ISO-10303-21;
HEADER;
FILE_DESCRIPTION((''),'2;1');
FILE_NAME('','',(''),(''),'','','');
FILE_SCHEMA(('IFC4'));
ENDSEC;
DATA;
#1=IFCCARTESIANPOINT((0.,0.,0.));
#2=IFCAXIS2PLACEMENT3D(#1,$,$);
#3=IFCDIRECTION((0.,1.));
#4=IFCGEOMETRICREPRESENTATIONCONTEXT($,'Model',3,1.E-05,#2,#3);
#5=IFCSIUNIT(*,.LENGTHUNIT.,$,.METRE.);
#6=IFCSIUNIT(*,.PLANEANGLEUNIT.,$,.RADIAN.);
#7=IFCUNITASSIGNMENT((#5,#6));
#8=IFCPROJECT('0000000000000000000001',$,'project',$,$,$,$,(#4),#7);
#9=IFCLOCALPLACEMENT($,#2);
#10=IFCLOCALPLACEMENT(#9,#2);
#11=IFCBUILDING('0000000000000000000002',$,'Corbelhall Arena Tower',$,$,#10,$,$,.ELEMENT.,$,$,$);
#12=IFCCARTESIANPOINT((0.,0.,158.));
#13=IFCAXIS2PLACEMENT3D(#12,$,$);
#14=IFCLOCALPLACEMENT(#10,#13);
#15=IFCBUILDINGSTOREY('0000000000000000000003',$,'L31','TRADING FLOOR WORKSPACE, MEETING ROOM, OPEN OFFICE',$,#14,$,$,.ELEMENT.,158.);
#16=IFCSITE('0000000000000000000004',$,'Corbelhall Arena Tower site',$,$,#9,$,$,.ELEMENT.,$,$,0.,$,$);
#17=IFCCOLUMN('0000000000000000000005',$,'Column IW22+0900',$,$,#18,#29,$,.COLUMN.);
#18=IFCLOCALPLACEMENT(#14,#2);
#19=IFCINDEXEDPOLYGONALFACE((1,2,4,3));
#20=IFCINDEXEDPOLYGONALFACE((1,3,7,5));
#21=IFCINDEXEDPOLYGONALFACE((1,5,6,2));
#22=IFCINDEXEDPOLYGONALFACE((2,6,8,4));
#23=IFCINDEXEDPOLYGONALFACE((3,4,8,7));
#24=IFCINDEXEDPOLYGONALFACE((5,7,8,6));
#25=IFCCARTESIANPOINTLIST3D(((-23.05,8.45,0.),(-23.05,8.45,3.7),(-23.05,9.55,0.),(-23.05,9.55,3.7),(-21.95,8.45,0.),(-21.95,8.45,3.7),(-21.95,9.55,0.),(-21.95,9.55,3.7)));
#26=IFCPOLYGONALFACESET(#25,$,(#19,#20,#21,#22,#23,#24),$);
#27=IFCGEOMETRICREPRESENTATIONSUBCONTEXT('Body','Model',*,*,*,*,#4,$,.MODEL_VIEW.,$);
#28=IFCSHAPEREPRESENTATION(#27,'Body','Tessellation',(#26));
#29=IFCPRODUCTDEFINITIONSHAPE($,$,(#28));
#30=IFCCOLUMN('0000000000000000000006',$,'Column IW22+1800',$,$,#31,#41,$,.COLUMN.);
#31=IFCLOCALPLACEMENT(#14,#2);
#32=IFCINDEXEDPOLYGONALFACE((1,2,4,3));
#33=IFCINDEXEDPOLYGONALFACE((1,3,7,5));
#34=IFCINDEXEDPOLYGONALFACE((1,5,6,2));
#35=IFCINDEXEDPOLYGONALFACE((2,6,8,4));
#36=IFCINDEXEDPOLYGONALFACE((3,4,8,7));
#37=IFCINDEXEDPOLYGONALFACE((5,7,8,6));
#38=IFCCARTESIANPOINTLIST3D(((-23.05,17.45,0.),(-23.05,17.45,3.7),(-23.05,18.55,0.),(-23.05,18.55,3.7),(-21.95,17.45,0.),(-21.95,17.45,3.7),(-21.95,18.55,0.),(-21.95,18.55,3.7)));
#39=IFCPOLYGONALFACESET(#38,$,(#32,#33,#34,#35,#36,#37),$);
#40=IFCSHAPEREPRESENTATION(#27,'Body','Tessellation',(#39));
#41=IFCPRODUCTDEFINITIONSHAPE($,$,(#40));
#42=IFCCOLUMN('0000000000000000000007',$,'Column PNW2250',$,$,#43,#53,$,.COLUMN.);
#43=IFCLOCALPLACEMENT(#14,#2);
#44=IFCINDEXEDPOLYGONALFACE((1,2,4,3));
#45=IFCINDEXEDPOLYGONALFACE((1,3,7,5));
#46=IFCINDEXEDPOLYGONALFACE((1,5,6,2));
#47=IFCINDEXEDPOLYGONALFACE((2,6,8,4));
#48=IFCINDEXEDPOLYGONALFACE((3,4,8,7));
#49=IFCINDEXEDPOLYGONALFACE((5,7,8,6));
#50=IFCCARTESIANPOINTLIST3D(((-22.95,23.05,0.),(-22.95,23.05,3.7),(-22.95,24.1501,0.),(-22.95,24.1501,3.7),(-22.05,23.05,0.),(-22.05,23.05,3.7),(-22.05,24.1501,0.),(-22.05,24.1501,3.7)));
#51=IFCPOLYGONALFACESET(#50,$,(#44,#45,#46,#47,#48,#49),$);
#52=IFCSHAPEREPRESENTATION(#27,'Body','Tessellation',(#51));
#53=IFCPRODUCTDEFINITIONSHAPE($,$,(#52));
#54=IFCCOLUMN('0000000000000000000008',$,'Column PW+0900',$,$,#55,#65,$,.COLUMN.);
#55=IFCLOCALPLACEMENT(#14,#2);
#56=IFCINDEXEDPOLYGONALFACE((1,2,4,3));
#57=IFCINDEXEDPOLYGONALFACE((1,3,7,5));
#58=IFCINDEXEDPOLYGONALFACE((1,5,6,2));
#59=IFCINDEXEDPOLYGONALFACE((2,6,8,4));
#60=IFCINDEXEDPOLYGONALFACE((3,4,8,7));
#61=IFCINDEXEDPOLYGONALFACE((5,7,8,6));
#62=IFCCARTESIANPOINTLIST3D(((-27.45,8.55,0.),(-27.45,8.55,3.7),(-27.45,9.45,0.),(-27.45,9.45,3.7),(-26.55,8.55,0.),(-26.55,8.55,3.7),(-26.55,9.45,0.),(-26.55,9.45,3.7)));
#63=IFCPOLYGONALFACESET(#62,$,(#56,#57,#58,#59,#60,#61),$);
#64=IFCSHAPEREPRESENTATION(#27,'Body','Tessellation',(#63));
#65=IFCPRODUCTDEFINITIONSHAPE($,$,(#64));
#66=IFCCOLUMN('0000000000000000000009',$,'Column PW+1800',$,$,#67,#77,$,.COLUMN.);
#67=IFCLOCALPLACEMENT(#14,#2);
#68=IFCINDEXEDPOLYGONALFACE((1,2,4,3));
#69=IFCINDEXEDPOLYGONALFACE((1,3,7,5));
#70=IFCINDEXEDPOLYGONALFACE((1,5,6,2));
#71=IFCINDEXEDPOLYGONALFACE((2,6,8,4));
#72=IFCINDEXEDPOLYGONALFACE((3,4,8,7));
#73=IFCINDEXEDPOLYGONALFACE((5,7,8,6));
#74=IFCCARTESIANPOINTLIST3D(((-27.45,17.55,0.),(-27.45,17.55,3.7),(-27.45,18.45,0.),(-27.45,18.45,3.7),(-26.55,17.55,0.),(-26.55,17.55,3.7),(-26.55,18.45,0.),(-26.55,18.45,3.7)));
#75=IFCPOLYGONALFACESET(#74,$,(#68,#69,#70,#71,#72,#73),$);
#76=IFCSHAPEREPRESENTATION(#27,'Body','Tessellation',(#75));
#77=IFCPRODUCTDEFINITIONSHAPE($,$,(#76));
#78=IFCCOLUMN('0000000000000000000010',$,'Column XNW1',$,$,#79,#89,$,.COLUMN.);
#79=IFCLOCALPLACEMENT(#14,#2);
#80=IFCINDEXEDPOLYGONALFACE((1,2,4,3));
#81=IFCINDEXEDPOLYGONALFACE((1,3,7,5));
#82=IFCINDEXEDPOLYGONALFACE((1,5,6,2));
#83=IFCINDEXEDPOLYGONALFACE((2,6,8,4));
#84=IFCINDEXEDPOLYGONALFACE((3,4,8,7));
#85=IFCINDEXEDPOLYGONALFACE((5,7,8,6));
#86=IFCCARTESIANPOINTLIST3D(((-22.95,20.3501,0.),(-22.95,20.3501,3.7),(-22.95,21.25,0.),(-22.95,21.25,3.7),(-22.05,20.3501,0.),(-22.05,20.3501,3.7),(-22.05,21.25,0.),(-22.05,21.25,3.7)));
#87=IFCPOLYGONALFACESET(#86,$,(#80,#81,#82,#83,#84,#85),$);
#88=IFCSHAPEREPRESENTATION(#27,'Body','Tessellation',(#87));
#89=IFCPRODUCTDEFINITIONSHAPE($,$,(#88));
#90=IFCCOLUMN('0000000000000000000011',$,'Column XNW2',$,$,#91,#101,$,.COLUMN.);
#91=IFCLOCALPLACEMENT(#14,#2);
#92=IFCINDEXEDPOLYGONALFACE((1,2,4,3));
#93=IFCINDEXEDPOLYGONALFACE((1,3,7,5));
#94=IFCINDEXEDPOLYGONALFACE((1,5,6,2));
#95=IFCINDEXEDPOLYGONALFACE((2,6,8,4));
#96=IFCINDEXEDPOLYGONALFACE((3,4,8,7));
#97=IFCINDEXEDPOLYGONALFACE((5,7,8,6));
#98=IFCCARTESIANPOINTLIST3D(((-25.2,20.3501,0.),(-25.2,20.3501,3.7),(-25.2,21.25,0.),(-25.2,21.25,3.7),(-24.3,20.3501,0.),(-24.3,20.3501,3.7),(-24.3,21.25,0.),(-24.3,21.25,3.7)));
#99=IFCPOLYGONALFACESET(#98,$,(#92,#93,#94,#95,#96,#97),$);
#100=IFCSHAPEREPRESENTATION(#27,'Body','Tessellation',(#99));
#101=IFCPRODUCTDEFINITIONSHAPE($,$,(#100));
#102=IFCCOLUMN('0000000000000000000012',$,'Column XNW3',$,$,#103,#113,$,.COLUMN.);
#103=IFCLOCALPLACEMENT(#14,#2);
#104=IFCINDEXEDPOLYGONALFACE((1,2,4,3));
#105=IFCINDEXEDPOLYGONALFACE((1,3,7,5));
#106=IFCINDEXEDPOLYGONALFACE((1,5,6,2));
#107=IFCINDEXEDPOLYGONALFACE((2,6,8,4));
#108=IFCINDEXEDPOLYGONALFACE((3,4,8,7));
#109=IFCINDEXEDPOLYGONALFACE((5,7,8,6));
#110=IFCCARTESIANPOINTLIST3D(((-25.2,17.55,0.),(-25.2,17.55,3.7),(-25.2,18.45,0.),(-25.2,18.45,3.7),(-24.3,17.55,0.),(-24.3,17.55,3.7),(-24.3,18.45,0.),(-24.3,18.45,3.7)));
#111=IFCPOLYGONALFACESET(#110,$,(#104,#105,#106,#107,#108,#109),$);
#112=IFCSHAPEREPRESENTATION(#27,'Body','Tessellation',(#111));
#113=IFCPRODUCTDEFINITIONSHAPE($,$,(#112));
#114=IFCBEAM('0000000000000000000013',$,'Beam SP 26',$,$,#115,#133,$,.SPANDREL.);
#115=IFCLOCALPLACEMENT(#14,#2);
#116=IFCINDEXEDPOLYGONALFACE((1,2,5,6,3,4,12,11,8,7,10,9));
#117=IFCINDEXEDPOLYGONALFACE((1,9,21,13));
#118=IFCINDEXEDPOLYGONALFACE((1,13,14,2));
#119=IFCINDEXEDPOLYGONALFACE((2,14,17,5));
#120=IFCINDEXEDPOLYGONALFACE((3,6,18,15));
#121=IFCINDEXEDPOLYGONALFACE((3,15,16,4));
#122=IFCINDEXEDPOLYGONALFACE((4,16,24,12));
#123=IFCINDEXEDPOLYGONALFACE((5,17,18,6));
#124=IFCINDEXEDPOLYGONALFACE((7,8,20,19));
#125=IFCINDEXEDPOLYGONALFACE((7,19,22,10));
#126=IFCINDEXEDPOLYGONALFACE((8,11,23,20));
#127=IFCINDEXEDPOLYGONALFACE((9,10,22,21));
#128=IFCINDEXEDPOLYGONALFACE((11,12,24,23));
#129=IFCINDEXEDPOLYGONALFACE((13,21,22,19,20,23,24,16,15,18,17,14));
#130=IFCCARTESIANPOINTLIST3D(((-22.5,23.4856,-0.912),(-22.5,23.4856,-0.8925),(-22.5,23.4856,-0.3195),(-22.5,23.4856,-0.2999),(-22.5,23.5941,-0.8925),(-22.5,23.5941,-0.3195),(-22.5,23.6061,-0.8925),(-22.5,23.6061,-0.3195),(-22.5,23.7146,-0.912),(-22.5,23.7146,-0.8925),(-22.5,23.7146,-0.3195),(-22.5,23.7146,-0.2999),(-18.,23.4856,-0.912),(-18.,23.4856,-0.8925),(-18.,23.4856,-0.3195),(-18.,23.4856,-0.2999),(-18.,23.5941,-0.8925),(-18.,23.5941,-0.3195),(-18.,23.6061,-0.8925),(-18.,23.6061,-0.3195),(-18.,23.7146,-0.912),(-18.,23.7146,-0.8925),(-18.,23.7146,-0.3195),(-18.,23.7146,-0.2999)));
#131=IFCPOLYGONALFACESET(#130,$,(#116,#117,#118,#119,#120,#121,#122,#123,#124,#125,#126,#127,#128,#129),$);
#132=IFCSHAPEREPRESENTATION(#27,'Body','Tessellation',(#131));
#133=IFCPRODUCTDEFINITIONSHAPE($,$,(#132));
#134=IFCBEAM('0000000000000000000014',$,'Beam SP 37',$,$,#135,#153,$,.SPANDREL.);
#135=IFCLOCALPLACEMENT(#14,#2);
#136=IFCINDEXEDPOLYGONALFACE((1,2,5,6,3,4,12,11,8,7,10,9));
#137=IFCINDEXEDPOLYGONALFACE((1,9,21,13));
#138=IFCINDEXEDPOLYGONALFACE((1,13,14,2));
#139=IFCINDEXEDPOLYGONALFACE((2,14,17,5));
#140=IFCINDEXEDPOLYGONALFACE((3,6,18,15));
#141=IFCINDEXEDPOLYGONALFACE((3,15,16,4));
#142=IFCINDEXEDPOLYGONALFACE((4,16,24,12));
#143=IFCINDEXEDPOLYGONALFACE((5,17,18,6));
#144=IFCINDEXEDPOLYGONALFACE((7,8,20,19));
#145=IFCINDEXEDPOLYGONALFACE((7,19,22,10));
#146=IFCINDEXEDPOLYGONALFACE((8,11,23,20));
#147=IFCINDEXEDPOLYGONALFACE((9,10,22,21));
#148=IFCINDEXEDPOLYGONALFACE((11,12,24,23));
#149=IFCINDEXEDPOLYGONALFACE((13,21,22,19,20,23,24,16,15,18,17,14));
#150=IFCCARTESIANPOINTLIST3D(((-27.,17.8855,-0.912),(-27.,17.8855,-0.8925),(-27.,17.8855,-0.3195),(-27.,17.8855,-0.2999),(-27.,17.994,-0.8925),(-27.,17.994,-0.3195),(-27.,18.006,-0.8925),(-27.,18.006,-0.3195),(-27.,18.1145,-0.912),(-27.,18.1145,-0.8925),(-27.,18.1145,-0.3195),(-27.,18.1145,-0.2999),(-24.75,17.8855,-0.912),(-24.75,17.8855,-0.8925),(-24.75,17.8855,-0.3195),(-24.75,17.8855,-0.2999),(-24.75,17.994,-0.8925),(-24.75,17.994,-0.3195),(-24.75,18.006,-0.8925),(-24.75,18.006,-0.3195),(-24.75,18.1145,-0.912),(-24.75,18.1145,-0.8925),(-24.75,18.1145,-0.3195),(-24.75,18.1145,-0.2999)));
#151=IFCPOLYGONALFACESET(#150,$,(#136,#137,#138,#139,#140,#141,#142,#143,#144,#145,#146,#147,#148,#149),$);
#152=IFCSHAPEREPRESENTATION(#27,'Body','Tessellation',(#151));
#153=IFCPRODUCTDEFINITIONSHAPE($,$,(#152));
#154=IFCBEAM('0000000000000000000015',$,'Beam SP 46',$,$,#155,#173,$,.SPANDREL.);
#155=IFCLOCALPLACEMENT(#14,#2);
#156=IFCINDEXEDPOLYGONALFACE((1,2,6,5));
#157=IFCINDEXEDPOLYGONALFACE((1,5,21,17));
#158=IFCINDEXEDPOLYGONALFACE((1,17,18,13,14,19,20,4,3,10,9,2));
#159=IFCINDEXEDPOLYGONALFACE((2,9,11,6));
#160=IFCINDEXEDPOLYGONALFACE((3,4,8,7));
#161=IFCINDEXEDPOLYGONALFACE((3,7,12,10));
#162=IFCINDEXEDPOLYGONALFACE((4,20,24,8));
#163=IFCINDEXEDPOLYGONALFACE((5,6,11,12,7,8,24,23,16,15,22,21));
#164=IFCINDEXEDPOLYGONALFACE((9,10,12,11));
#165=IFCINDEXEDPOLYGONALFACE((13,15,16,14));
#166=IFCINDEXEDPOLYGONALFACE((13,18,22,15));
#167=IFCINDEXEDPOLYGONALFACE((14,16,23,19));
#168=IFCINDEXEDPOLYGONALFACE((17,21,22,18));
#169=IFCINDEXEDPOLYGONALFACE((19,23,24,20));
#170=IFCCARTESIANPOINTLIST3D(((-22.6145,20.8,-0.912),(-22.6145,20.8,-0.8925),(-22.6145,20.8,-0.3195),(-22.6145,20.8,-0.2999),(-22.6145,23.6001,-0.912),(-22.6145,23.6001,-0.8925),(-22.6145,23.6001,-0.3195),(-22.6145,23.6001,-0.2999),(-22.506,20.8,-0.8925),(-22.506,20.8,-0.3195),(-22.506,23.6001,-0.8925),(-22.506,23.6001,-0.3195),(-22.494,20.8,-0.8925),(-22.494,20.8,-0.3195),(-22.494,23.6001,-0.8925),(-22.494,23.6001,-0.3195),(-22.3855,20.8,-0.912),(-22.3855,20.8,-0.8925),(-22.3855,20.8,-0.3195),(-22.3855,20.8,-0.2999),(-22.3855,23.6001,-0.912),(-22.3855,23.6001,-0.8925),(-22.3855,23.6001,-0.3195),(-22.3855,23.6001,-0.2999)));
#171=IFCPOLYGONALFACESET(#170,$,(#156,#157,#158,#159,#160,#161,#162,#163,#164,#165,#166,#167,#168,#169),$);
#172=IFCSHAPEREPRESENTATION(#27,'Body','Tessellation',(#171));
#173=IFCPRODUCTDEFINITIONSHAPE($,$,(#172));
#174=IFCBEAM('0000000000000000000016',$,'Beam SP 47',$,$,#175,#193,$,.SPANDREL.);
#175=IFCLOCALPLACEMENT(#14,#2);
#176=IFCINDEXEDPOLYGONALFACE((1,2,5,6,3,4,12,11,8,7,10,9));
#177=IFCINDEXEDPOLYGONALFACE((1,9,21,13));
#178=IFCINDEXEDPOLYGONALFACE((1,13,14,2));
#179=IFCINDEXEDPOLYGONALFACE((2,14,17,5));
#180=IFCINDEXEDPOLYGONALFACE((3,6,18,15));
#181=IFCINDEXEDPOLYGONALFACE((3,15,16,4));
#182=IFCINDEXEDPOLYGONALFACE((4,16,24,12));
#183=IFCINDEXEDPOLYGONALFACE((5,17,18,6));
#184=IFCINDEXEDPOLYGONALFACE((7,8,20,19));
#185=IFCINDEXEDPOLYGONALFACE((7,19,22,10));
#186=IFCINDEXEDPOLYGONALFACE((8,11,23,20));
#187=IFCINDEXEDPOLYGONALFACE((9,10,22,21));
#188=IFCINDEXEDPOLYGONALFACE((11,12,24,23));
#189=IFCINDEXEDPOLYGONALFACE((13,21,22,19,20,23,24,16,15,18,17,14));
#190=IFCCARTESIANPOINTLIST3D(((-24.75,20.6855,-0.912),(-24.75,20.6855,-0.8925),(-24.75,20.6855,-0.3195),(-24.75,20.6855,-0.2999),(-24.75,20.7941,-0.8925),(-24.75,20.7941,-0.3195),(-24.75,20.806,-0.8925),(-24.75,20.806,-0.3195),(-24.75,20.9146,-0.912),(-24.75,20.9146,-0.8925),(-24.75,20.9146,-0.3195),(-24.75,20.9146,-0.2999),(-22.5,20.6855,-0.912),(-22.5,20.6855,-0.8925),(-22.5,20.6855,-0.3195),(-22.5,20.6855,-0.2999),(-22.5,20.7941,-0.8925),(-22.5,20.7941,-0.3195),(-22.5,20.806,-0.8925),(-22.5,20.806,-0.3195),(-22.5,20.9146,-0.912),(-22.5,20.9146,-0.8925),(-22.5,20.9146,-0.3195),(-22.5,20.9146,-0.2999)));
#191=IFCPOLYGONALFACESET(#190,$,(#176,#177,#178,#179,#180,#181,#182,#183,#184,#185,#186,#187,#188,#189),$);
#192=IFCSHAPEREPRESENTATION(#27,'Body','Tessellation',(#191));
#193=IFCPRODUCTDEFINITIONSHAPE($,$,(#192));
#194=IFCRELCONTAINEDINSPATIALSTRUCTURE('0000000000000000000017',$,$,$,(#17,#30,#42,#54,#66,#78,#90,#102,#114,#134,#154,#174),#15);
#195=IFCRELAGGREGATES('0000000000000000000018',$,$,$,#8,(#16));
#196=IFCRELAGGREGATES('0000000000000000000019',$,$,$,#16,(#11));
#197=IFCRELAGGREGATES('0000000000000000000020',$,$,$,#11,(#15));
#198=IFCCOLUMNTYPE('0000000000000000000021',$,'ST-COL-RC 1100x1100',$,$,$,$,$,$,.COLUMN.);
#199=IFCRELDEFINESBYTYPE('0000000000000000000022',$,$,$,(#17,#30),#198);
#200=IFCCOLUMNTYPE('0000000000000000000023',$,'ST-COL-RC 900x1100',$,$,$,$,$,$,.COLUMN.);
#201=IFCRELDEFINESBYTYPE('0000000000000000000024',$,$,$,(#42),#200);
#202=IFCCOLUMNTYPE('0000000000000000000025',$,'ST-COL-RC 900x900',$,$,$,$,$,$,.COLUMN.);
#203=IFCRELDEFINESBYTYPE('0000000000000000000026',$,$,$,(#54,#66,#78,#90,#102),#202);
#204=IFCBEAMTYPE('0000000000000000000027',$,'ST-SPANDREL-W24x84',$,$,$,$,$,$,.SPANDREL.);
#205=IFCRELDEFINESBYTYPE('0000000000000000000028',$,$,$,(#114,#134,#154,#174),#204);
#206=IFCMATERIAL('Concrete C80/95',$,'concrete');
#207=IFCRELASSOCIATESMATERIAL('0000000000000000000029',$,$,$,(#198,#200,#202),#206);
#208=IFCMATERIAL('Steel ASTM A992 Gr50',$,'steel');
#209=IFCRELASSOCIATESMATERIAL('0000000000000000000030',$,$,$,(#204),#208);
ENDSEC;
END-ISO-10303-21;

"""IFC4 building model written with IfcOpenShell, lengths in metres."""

from ifc_helpers import new_model, si_unit, direction, frame, origin, origin_2d, place, context, subcontext, project, spatial, rectangle, i_section, extrude, material, material_profile, profile_set, type_object, element, save


model = new_model("IFC4")

# Units and contexts
model_context = context("Model", 3, precision=1e-05, world=origin(), true_north=direction((0.0, 1.0)))
body_context = subcontext(model_context, "Body", "Model", "MODEL_VIEW")
ifc_project = project(units=[si_unit("LENGTHUNIT", "METRE"), si_unit("PLANEANGLEUNIT", "RADIAN")], contexts=[model_context])

# Site, building, storey
site_placement = place(None, origin())
site = spatial("IfcSite", under=ifc_project, at=site_placement, Name="Corbelhall Arena Tower site", CompositionType="ELEMENT", RefElevation=0.0)
building_placement = place(site_placement, origin())
building = spatial("IfcBuilding", under=site, at=building_placement, Name="Corbelhall Arena Tower", CompositionType="ELEMENT")
storey_placement = place(building_placement, frame((0.0, 0.0, 158.0)))
storey = spatial("IfcBuildingStorey", under=building, at=storey_placement, Name="L31", Description="TRADING FLOOR WORKSPACE, MEETING ROOM, OPEN OFFICE", CompositionType="ELEMENT", Elevation=158.0)

# Columns
ifc_material_1 = material(Name="Concrete C80/95", Category="concrete")
ifc_material_profile_1 = material_profile(ifc_material_1, rectangle(XDim=1.1001, YDim=1.1001, at=origin_2d()))
ifc_profile_set_1 = profile_set([ifc_material_profile_1], Name="Concrete C80/95")
column_type_1 = type_object("IfcColumnType", Name="ST-COL-RC 1100x1100", PredefinedType="COLUMN", material=ifc_profile_set_1)
for number, where, z_axis, x_axis, name in (
    (1, (-22.5, 9.0, 0.0), (0.0, 0.0, 1.0), (1.0, 0.0, 0.0), "Column IW22+0900"),
    (2, (-22.5, 18.0, 0.0), (0.0, 0.0, 1.0), (1.0, 0.0, 0.0), "Column IW22+1800"),
):
    element("IfcColumn", number, at=place(storey_placement, frame(where, z_axis=z_axis, x_axis=x_axis)), inside=storey, type_object=column_type_1, Name=name, PredefinedType="COLUMN", context=body_context, shape_type="SweptSolid", body=[
        extrude(rectangle(XDim=1.1001, YDim=1.1001, at=origin_2d()), origin(), (0.0, 0.0, 1.0), 3.7),
    ])
ifc_material_profile_2 = material_profile(ifc_material_1, rectangle(XDim=0.8999, YDim=1.1001, at=origin_2d()))
ifc_profile_set_2 = profile_set([ifc_material_profile_2], Name="Concrete C80/95")
column_type_2 = type_object("IfcColumnType", Name="ST-COL-RC 900x1100", PredefinedType="COLUMN", material=ifc_profile_set_2)
column_placement = place(storey_placement, frame((-22.5, 23.6001, 0.0), z_axis=(0.0, 0.0, 1.0), x_axis=(1.0, 0.0, 0.0)))
element("IfcColumn", 3, at=column_placement, inside=storey, type_object=column_type_2, Name="Column PNW2250", PredefinedType="COLUMN", context=body_context, shape_type="SweptSolid", body=[
    extrude(rectangle(XDim=0.8999, YDim=1.1001, at=origin_2d()), origin(), (0.0, 0.0, 1.0), 3.7),
])
ifc_material_profile_3 = material_profile(ifc_material_1, rectangle(XDim=0.8999, YDim=0.8999, at=origin_2d()))
ifc_profile_set_3 = profile_set([ifc_material_profile_3], Name="Concrete C80/95")
column_type_3 = type_object("IfcColumnType", Name="ST-COL-RC 900x900", PredefinedType="COLUMN", material=ifc_profile_set_3)
for number, where, z_axis, x_axis, name in (
    (4, (-27.0, 9.0, 0.0), (0.0, 0.0, 1.0), (1.0, 0.0, 0.0), "Column PW+0900"),
    (5, (-27.0, 18.0, 0.0), (0.0, 0.0, 1.0), (1.0, 0.0, 0.0), "Column PW+1800"),
    (6, (-22.5, 20.8, 0.0), (0.0, 0.0, 1.0), (1.0, 0.0, 0.0), "Column XNW1"),
    (7, (-24.75, 20.8, 0.0), (0.0, 0.0, 1.0), (1.0, 0.0, 0.0), "Column XNW2"),
    (8, (-24.75, 18.0, 0.0), (0.0, 0.0, 1.0), (1.0, 0.0, 0.0), "Column XNW3"),
):
    element("IfcColumn", number, at=place(storey_placement, frame(where, z_axis=z_axis, x_axis=x_axis)), inside=storey, type_object=column_type_3, Name=name, PredefinedType="COLUMN", context=body_context, shape_type="SweptSolid", body=[
        extrude(rectangle(XDim=0.8999, YDim=0.8999, at=origin_2d()), origin(), (0.0, 0.0, 1.0), 3.7),
    ])

# Beams
ifc_material_2 = material(Name="Steel ASTM A992 Gr50", Category="steel")
ifc_material_profile_4 = material_profile(ifc_material_2, i_section(OverallWidth=0.229, OverallDepth=0.6121, WebThickness=0.012, FlangeThickness=0.0195, at=origin_2d()))
ifc_profile_set_4 = profile_set([ifc_material_profile_4], Name="Steel ASTM A992 Gr50")
beam_type = type_object("IfcBeamType", Name="ST-SPANDREL-W24x84", PredefinedType="SPANDREL", material=ifc_profile_set_4)
beam_1_placement = place(storey_placement, frame((-22.5, 23.6001, -0.606), z_axis=(1.0, 0.0, 0.0), x_axis=(0.0, 1.0, 0.0)))
element("IfcBeam", 9, at=beam_1_placement, inside=storey, type_object=beam_type, Name="Beam SP 26", PredefinedType="SPANDREL", context=body_context, shape_type="SweptSolid", body=[
    extrude(i_section(OverallWidth=0.229, OverallDepth=0.6121, WebThickness=0.012, FlangeThickness=0.0195, at=origin_2d()), origin(), (0.0, 0.0, 1.0), 4.5),
])
beam_2_placement = place(storey_placement, frame((-27.0, 18.0, -0.606), z_axis=(1.0, 0.0, 0.0), x_axis=(0.0, 1.0, 0.0)))
element("IfcBeam", 10, at=beam_2_placement, inside=storey, type_object=beam_type, Name="Beam SP 37", PredefinedType="SPANDREL", context=body_context, shape_type="SweptSolid", body=[
    extrude(i_section(OverallWidth=0.229, OverallDepth=0.6121, WebThickness=0.012, FlangeThickness=0.0195, at=origin_2d()), origin(), (0.0, 0.0, 1.0), 2.25),
])
beam_3_placement = place(storey_placement, frame((-22.5, 20.8, -0.606), z_axis=(0.0, 1.0, 0.0), x_axis=(-1.0, 0.0, 0.0)))
element("IfcBeam", 11, at=beam_3_placement, inside=storey, type_object=beam_type, Name="Beam SP 46", PredefinedType="SPANDREL", context=body_context, shape_type="SweptSolid", body=[
    extrude(i_section(OverallWidth=0.229, OverallDepth=0.6121, WebThickness=0.012, FlangeThickness=0.0195, at=origin_2d()), origin(), (0.0, 0.0, 1.0), 2.8),
])
beam_4_placement = place(storey_placement, frame((-24.75, 20.8, -0.606), z_axis=(1.0, 0.0, 0.0), x_axis=(0.0, 1.0, 0.0)))
element("IfcBeam", 12, at=beam_4_placement, inside=storey, type_object=beam_type, Name="Beam SP 47", PredefinedType="SPANDREL", context=body_context, shape_type="SweptSolid", body=[
    extrude(i_section(OverallWidth=0.229, OverallDepth=0.6121, WebThickness=0.012, FlangeThickness=0.0195, at=origin_2d()), origin(), (0.0, 0.0, 1.0), 2.25),
])

save(model, "model.ifc")
